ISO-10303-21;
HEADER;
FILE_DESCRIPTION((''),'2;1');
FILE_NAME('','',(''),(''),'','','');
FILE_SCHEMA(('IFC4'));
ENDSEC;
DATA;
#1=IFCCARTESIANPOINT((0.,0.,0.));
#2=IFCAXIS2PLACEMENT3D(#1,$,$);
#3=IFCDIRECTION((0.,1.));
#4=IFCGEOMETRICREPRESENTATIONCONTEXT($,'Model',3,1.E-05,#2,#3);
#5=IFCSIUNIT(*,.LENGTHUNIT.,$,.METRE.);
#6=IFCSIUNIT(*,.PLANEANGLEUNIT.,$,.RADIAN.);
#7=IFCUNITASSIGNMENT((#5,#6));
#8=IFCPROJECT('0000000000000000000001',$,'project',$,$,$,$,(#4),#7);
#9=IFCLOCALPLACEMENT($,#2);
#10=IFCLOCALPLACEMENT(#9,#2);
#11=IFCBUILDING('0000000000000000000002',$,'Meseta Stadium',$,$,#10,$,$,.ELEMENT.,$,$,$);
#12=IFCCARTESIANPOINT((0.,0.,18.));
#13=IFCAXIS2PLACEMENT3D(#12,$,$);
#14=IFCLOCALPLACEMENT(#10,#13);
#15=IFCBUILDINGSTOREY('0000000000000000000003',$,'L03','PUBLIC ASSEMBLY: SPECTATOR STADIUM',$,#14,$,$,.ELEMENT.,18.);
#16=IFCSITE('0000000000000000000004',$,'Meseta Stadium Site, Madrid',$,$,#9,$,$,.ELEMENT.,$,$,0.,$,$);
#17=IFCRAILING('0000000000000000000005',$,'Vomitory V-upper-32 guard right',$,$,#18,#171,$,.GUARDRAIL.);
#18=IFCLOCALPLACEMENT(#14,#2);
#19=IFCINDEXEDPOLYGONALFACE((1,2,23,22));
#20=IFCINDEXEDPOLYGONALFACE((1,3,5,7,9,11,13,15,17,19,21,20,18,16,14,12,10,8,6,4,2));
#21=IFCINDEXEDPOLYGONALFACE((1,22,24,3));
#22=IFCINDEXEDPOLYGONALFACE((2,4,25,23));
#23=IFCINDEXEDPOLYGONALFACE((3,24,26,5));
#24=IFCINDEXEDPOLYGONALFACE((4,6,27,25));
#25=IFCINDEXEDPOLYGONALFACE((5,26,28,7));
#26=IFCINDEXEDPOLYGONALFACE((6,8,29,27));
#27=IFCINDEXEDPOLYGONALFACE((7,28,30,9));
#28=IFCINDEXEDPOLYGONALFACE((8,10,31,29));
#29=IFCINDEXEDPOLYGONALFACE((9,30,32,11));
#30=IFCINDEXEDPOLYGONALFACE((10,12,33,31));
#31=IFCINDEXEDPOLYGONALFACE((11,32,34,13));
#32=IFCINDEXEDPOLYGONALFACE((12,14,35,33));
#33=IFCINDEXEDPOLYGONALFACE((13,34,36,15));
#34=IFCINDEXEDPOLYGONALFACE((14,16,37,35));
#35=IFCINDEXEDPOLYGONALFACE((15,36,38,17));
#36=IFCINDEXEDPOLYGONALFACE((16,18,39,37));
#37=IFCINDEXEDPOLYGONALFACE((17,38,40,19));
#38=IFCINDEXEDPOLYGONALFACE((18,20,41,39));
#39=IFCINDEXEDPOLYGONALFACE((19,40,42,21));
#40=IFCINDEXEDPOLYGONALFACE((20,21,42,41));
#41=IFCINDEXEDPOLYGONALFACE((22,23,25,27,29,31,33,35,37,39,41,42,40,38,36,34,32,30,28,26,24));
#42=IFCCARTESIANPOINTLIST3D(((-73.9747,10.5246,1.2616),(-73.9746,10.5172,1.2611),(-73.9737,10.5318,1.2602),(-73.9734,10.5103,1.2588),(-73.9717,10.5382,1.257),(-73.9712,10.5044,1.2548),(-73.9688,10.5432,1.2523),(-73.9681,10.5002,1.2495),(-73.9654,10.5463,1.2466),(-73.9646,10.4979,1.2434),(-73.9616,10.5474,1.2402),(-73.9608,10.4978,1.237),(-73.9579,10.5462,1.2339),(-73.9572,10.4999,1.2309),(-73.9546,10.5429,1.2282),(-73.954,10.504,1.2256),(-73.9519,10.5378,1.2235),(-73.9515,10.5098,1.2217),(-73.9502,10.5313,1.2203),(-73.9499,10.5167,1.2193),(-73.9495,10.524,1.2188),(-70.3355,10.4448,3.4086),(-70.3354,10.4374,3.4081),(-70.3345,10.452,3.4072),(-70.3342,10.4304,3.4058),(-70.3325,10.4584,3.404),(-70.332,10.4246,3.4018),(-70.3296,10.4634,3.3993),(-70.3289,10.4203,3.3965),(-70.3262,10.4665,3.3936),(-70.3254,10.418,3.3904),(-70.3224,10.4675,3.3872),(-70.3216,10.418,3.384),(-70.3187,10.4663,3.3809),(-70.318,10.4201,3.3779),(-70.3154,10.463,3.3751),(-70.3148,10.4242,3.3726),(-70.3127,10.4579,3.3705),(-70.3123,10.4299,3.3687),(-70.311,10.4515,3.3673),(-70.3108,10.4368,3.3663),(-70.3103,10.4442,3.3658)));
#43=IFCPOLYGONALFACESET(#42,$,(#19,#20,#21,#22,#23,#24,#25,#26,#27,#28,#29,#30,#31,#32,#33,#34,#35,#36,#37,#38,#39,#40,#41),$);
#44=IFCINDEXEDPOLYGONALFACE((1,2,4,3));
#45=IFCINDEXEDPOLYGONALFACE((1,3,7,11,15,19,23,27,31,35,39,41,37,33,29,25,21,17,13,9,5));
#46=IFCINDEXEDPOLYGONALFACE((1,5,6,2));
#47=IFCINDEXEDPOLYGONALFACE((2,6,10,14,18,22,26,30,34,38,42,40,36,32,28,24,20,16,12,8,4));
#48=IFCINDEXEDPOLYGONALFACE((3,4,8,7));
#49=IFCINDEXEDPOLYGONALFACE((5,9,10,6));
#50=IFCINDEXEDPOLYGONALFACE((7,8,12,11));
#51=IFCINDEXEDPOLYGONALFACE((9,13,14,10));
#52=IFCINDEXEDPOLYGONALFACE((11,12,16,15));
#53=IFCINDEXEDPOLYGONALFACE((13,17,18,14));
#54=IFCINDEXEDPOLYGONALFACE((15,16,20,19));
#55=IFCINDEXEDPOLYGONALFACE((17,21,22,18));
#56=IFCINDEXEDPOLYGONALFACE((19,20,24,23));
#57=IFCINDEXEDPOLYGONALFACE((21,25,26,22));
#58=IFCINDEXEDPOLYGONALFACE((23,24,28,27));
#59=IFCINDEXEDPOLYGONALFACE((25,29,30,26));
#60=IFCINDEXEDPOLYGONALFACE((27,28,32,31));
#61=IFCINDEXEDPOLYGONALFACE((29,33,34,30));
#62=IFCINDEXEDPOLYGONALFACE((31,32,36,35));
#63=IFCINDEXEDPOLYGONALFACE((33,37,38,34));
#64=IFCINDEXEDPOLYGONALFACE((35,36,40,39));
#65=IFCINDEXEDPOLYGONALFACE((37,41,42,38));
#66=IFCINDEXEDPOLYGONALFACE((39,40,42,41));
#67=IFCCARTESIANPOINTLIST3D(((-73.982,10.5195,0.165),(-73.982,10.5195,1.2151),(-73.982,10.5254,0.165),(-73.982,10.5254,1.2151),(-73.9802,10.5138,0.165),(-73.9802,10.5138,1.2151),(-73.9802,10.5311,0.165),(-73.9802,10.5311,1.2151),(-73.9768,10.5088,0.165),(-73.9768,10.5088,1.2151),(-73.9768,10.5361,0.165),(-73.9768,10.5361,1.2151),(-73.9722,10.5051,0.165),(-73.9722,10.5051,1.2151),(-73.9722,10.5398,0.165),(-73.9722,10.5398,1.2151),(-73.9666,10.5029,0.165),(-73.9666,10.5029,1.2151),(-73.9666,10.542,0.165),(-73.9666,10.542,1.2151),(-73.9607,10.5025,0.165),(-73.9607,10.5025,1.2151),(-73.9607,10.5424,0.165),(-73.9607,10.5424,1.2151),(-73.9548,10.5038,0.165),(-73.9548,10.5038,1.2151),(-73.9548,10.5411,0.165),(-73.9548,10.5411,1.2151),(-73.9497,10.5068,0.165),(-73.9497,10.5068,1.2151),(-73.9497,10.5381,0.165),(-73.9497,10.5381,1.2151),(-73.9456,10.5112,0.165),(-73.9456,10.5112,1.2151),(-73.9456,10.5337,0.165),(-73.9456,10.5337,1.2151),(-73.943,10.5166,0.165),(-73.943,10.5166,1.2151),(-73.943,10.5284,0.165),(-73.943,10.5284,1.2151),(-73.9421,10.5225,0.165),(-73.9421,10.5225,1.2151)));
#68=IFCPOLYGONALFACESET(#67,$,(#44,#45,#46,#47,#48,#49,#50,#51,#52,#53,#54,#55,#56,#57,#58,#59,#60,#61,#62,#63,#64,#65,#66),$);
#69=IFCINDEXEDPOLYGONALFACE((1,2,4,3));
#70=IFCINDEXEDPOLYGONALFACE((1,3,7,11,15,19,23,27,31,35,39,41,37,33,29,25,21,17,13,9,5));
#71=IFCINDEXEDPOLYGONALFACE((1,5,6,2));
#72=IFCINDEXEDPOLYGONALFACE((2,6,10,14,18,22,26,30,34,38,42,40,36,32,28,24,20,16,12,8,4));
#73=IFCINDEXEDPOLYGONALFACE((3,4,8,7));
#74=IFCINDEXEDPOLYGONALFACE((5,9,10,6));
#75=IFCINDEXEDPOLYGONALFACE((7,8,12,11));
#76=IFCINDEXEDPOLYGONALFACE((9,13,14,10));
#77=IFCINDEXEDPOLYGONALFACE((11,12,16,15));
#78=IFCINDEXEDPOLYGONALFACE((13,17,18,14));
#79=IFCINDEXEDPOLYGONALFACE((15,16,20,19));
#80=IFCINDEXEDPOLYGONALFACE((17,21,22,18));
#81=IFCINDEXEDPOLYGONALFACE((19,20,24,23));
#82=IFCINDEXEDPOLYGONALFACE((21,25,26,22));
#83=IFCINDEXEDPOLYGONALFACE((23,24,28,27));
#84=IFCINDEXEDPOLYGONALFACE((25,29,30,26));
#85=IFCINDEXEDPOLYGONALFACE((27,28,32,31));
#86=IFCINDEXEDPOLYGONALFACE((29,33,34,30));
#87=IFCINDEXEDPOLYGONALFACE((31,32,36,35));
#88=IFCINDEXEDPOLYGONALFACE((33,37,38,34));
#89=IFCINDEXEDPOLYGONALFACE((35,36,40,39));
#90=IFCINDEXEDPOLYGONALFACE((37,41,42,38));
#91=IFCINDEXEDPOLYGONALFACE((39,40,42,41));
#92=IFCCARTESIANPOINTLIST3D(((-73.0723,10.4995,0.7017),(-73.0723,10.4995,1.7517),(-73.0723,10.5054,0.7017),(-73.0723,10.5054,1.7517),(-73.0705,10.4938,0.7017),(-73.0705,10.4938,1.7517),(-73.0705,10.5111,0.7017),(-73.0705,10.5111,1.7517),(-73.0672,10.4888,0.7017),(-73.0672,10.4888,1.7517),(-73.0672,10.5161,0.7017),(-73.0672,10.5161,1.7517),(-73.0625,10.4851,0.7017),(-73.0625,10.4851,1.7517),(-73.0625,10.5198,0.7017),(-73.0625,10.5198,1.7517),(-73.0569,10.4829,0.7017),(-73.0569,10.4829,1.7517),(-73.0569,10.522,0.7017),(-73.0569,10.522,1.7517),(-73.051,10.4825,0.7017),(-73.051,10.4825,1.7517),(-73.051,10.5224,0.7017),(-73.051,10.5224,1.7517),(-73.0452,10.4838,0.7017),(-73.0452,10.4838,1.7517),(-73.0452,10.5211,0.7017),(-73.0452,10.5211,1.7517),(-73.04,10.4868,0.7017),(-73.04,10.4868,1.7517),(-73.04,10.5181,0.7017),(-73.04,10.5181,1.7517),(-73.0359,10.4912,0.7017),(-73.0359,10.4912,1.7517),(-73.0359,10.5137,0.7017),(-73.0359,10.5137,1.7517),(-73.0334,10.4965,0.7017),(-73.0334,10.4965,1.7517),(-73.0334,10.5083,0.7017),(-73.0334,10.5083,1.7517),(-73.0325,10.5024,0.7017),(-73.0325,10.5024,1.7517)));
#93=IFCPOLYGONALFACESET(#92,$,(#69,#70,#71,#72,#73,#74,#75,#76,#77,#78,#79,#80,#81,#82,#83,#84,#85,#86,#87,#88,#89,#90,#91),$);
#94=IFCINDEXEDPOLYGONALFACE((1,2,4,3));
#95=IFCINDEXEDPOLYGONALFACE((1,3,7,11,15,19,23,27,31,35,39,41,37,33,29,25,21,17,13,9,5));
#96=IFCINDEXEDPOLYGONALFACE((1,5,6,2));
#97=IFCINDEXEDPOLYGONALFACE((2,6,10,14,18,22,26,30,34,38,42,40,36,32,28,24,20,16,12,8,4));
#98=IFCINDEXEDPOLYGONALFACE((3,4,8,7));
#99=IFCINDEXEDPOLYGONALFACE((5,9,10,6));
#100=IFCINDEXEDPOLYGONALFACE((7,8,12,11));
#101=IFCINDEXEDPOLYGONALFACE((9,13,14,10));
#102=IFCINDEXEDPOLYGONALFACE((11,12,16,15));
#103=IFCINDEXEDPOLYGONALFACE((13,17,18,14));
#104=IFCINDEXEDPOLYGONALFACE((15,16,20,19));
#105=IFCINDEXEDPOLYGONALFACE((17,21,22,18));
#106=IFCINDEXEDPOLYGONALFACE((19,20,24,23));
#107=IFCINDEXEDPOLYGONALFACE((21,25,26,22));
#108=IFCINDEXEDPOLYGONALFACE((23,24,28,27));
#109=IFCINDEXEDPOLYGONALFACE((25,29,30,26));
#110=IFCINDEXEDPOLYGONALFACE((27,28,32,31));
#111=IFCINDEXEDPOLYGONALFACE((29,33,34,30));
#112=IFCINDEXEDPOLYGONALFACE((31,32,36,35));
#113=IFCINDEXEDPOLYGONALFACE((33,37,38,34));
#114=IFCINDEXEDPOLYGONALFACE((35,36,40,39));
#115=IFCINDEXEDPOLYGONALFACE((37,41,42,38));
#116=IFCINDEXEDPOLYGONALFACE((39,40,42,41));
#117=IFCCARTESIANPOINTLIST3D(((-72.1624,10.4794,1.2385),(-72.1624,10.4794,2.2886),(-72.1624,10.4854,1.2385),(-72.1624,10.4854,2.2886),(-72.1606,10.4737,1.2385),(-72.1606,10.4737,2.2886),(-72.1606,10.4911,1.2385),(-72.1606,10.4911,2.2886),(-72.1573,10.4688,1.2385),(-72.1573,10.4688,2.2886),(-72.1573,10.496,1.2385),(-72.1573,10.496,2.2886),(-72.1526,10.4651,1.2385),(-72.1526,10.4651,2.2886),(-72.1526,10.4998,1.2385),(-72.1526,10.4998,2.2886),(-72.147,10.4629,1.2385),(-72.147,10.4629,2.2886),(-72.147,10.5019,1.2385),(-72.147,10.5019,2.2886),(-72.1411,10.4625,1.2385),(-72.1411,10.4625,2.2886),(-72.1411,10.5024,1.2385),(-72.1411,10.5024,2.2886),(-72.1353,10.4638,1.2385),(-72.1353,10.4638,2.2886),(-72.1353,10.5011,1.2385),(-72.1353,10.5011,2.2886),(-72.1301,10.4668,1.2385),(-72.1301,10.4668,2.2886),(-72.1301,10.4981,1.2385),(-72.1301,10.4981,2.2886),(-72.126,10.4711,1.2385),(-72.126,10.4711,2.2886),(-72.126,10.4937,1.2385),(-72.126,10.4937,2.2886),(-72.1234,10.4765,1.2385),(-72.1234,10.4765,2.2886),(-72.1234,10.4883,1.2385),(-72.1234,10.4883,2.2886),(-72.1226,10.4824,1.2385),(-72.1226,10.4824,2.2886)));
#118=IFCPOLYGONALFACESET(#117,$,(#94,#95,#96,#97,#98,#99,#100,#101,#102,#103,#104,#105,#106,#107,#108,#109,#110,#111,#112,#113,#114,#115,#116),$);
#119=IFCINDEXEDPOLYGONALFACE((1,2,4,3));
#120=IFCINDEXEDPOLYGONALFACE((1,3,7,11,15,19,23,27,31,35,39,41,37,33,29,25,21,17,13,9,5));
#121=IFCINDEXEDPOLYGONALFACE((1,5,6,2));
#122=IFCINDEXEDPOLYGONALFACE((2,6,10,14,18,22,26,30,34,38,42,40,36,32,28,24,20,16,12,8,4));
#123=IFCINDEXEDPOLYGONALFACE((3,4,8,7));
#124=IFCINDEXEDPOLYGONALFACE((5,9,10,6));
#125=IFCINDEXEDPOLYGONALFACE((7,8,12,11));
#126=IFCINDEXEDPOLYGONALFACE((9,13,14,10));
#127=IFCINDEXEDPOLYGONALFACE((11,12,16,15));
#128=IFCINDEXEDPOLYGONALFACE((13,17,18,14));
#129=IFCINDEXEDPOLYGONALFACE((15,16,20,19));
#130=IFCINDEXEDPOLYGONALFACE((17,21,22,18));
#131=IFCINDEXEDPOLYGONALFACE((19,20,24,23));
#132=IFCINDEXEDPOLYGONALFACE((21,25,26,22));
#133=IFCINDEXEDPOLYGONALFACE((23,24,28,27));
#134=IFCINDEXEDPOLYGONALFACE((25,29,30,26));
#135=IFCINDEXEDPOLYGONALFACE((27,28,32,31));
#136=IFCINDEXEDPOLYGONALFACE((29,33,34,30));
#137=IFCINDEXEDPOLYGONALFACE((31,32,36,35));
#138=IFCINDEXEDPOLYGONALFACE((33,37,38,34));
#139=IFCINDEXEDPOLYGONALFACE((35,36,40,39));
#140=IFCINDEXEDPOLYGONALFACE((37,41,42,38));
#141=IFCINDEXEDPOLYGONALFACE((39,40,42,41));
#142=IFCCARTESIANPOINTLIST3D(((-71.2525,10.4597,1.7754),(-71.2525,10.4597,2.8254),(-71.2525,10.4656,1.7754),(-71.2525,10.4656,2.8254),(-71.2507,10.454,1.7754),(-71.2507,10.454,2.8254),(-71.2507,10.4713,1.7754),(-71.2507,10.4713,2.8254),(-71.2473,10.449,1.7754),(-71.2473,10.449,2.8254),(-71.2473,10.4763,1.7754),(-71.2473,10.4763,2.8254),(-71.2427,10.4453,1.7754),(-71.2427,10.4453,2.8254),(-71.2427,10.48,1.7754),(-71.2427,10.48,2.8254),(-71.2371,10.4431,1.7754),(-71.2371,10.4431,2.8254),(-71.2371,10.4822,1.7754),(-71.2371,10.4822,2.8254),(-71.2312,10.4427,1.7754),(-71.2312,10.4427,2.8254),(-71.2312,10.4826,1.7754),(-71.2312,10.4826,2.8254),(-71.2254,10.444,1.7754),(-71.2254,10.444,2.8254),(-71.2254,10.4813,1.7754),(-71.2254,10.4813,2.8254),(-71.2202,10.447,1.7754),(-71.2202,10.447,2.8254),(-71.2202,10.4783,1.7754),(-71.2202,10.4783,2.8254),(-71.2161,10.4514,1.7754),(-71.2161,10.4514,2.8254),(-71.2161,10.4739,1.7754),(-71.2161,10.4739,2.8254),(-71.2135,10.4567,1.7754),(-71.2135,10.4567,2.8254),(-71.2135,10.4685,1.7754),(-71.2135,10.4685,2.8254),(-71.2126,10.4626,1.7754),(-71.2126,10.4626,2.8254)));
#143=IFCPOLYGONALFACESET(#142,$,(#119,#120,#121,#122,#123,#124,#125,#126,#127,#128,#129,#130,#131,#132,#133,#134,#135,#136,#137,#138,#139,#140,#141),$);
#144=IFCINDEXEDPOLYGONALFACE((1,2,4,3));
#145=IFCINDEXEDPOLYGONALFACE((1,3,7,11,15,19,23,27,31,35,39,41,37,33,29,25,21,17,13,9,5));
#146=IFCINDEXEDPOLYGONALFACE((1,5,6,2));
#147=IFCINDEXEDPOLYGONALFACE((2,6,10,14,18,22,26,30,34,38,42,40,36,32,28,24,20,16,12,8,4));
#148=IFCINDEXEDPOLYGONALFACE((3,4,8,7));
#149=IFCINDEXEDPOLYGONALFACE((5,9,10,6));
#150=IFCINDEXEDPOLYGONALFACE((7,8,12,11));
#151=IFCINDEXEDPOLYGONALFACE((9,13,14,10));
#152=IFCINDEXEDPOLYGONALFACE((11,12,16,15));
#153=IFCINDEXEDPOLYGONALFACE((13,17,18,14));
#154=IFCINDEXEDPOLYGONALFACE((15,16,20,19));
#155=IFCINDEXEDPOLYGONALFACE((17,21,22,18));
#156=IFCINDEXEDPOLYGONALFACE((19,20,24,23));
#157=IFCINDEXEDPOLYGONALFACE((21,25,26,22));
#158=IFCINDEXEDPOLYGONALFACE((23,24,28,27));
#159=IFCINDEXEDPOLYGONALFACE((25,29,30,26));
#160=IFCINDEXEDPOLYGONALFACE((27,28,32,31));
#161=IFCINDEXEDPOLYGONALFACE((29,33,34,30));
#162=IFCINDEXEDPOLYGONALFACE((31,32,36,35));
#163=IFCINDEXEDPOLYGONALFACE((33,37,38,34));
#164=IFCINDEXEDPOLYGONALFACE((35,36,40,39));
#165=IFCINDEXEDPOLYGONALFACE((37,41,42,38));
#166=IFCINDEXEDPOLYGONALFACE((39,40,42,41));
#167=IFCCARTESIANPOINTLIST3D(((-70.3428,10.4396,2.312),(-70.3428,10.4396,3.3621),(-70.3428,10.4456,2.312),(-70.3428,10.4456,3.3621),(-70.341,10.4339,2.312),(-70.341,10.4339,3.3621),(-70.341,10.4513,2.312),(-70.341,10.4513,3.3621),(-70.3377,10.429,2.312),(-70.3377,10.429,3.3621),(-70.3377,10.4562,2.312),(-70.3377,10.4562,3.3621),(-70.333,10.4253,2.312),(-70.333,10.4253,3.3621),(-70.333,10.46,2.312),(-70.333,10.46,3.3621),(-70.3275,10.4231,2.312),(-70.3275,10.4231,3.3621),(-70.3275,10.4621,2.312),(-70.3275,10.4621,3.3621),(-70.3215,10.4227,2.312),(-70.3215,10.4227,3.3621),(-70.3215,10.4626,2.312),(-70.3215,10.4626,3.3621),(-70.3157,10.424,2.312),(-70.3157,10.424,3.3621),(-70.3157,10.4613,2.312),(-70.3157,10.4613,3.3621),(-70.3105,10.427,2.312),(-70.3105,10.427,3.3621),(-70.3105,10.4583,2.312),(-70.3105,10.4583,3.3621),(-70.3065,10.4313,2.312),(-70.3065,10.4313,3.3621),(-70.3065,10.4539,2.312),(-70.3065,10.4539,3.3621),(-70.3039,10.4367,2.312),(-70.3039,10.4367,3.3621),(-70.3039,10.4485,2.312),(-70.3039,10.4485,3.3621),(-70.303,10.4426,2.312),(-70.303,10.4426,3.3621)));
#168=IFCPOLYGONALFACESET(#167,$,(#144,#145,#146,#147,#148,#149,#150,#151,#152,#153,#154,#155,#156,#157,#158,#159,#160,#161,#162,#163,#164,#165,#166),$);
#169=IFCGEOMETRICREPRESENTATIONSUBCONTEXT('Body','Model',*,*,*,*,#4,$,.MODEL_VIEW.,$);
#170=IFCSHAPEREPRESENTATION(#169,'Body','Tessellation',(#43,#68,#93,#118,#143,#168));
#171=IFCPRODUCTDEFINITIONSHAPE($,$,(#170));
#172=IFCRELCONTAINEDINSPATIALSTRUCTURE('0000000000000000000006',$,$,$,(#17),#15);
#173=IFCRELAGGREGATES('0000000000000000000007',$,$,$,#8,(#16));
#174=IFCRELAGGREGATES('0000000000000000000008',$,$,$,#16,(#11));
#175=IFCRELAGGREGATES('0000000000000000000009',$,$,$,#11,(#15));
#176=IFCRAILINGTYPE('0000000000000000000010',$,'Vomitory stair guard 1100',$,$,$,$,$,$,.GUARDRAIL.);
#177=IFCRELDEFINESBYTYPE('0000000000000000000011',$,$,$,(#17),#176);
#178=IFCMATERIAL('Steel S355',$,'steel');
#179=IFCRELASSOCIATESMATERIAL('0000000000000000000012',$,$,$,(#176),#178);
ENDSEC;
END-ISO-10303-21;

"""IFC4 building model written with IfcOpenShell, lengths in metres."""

from ifc_helpers import new_model, si_unit, direction, frame, origin, origin_2d, place, context, subcontext, project, spatial, circle, extrude, material, type_object, element, save


model = new_model("IFC4")

# Units and contexts
model_context = context("Model", 3, precision=1e-05, world=origin(), true_north=direction((0.0, 1.0)))
body_context = subcontext(model_context, "Body", "Model", "MODEL_VIEW")
ifc_project = project(units=[si_unit("LENGTHUNIT", "METRE"), si_unit("PLANEANGLEUNIT", "RADIAN")], contexts=[model_context])

# Site, building, storey
site_placement = place(None, origin())
site = spatial("IfcSite", under=ifc_project, at=site_placement, Name="Meseta Stadium Site, Madrid", CompositionType="ELEMENT", RefElevation=0.0)
building_placement = place(site_placement, origin())
building = spatial("IfcBuilding", under=site, at=building_placement, Name="Meseta Stadium", CompositionType="ELEMENT")
storey_placement = place(building_placement, frame((0.0, 0.0, 18.0)))
storey = spatial("IfcBuildingStorey", under=building, at=storey_placement, Name="L03", Description="PUBLIC ASSEMBLY: SPECTATOR STADIUM", CompositionType="ELEMENT", Elevation=18.0)

# Railing
ifc_material_1 = material(Name="Steel S355", Category="steel")
railing_type_1 = type_object("IfcRailingType", Name="Vomitory stair guard 1100", PredefinedType="GUARDRAIL", material=ifc_material_1)
railing_1_placement = place(storey_placement, frame((-73.9622, 10.5225, 0.165)))
element("IfcRailing", 1, at=railing_1_placement, inside=storey, type_object=railing_type_1, Name="Vomitory V-upper-32 guard right", PredefinedType="GUARDRAIL", context=body_context, shape_type="SweptSolid", body=[
    extrude(circle(Radius=0.0249, at=origin_2d()), frame((0.0, 0.0, 1.0752), z_axis=(0.861129, -0.018891, 0.508035), x_axis=(0.021932, 0.999759, 0.0)), (0.0, 0.0, 1.0), 4.2261),
    extrude(circle(Radius=0.02, at=origin_2d()), origin(), (0.0, 0.0, 1.0), 1.05),
    extrude(circle(Radius=0.02, at=origin_2d()), frame((0.9097, -0.02, 0.5366)), (0.0, 0.0, 1.0), 1.05),
    extrude(circle(Radius=0.02, at=origin_2d()), frame((1.8196, -0.04, 1.0735)), (0.0, 0.0, 1.0), 1.05),
    extrude(circle(Radius=0.02, at=origin_2d()), frame((2.7295, -0.0598, 1.6104)), (0.0, 0.0, 1.0), 1.05),
    extrude(circle(Radius=0.02, at=origin_2d()), frame((3.6392, -0.0798, 2.147)), (0.0, 0.0, 1.0), 1.05),
])

save(model, "model.ifc")
